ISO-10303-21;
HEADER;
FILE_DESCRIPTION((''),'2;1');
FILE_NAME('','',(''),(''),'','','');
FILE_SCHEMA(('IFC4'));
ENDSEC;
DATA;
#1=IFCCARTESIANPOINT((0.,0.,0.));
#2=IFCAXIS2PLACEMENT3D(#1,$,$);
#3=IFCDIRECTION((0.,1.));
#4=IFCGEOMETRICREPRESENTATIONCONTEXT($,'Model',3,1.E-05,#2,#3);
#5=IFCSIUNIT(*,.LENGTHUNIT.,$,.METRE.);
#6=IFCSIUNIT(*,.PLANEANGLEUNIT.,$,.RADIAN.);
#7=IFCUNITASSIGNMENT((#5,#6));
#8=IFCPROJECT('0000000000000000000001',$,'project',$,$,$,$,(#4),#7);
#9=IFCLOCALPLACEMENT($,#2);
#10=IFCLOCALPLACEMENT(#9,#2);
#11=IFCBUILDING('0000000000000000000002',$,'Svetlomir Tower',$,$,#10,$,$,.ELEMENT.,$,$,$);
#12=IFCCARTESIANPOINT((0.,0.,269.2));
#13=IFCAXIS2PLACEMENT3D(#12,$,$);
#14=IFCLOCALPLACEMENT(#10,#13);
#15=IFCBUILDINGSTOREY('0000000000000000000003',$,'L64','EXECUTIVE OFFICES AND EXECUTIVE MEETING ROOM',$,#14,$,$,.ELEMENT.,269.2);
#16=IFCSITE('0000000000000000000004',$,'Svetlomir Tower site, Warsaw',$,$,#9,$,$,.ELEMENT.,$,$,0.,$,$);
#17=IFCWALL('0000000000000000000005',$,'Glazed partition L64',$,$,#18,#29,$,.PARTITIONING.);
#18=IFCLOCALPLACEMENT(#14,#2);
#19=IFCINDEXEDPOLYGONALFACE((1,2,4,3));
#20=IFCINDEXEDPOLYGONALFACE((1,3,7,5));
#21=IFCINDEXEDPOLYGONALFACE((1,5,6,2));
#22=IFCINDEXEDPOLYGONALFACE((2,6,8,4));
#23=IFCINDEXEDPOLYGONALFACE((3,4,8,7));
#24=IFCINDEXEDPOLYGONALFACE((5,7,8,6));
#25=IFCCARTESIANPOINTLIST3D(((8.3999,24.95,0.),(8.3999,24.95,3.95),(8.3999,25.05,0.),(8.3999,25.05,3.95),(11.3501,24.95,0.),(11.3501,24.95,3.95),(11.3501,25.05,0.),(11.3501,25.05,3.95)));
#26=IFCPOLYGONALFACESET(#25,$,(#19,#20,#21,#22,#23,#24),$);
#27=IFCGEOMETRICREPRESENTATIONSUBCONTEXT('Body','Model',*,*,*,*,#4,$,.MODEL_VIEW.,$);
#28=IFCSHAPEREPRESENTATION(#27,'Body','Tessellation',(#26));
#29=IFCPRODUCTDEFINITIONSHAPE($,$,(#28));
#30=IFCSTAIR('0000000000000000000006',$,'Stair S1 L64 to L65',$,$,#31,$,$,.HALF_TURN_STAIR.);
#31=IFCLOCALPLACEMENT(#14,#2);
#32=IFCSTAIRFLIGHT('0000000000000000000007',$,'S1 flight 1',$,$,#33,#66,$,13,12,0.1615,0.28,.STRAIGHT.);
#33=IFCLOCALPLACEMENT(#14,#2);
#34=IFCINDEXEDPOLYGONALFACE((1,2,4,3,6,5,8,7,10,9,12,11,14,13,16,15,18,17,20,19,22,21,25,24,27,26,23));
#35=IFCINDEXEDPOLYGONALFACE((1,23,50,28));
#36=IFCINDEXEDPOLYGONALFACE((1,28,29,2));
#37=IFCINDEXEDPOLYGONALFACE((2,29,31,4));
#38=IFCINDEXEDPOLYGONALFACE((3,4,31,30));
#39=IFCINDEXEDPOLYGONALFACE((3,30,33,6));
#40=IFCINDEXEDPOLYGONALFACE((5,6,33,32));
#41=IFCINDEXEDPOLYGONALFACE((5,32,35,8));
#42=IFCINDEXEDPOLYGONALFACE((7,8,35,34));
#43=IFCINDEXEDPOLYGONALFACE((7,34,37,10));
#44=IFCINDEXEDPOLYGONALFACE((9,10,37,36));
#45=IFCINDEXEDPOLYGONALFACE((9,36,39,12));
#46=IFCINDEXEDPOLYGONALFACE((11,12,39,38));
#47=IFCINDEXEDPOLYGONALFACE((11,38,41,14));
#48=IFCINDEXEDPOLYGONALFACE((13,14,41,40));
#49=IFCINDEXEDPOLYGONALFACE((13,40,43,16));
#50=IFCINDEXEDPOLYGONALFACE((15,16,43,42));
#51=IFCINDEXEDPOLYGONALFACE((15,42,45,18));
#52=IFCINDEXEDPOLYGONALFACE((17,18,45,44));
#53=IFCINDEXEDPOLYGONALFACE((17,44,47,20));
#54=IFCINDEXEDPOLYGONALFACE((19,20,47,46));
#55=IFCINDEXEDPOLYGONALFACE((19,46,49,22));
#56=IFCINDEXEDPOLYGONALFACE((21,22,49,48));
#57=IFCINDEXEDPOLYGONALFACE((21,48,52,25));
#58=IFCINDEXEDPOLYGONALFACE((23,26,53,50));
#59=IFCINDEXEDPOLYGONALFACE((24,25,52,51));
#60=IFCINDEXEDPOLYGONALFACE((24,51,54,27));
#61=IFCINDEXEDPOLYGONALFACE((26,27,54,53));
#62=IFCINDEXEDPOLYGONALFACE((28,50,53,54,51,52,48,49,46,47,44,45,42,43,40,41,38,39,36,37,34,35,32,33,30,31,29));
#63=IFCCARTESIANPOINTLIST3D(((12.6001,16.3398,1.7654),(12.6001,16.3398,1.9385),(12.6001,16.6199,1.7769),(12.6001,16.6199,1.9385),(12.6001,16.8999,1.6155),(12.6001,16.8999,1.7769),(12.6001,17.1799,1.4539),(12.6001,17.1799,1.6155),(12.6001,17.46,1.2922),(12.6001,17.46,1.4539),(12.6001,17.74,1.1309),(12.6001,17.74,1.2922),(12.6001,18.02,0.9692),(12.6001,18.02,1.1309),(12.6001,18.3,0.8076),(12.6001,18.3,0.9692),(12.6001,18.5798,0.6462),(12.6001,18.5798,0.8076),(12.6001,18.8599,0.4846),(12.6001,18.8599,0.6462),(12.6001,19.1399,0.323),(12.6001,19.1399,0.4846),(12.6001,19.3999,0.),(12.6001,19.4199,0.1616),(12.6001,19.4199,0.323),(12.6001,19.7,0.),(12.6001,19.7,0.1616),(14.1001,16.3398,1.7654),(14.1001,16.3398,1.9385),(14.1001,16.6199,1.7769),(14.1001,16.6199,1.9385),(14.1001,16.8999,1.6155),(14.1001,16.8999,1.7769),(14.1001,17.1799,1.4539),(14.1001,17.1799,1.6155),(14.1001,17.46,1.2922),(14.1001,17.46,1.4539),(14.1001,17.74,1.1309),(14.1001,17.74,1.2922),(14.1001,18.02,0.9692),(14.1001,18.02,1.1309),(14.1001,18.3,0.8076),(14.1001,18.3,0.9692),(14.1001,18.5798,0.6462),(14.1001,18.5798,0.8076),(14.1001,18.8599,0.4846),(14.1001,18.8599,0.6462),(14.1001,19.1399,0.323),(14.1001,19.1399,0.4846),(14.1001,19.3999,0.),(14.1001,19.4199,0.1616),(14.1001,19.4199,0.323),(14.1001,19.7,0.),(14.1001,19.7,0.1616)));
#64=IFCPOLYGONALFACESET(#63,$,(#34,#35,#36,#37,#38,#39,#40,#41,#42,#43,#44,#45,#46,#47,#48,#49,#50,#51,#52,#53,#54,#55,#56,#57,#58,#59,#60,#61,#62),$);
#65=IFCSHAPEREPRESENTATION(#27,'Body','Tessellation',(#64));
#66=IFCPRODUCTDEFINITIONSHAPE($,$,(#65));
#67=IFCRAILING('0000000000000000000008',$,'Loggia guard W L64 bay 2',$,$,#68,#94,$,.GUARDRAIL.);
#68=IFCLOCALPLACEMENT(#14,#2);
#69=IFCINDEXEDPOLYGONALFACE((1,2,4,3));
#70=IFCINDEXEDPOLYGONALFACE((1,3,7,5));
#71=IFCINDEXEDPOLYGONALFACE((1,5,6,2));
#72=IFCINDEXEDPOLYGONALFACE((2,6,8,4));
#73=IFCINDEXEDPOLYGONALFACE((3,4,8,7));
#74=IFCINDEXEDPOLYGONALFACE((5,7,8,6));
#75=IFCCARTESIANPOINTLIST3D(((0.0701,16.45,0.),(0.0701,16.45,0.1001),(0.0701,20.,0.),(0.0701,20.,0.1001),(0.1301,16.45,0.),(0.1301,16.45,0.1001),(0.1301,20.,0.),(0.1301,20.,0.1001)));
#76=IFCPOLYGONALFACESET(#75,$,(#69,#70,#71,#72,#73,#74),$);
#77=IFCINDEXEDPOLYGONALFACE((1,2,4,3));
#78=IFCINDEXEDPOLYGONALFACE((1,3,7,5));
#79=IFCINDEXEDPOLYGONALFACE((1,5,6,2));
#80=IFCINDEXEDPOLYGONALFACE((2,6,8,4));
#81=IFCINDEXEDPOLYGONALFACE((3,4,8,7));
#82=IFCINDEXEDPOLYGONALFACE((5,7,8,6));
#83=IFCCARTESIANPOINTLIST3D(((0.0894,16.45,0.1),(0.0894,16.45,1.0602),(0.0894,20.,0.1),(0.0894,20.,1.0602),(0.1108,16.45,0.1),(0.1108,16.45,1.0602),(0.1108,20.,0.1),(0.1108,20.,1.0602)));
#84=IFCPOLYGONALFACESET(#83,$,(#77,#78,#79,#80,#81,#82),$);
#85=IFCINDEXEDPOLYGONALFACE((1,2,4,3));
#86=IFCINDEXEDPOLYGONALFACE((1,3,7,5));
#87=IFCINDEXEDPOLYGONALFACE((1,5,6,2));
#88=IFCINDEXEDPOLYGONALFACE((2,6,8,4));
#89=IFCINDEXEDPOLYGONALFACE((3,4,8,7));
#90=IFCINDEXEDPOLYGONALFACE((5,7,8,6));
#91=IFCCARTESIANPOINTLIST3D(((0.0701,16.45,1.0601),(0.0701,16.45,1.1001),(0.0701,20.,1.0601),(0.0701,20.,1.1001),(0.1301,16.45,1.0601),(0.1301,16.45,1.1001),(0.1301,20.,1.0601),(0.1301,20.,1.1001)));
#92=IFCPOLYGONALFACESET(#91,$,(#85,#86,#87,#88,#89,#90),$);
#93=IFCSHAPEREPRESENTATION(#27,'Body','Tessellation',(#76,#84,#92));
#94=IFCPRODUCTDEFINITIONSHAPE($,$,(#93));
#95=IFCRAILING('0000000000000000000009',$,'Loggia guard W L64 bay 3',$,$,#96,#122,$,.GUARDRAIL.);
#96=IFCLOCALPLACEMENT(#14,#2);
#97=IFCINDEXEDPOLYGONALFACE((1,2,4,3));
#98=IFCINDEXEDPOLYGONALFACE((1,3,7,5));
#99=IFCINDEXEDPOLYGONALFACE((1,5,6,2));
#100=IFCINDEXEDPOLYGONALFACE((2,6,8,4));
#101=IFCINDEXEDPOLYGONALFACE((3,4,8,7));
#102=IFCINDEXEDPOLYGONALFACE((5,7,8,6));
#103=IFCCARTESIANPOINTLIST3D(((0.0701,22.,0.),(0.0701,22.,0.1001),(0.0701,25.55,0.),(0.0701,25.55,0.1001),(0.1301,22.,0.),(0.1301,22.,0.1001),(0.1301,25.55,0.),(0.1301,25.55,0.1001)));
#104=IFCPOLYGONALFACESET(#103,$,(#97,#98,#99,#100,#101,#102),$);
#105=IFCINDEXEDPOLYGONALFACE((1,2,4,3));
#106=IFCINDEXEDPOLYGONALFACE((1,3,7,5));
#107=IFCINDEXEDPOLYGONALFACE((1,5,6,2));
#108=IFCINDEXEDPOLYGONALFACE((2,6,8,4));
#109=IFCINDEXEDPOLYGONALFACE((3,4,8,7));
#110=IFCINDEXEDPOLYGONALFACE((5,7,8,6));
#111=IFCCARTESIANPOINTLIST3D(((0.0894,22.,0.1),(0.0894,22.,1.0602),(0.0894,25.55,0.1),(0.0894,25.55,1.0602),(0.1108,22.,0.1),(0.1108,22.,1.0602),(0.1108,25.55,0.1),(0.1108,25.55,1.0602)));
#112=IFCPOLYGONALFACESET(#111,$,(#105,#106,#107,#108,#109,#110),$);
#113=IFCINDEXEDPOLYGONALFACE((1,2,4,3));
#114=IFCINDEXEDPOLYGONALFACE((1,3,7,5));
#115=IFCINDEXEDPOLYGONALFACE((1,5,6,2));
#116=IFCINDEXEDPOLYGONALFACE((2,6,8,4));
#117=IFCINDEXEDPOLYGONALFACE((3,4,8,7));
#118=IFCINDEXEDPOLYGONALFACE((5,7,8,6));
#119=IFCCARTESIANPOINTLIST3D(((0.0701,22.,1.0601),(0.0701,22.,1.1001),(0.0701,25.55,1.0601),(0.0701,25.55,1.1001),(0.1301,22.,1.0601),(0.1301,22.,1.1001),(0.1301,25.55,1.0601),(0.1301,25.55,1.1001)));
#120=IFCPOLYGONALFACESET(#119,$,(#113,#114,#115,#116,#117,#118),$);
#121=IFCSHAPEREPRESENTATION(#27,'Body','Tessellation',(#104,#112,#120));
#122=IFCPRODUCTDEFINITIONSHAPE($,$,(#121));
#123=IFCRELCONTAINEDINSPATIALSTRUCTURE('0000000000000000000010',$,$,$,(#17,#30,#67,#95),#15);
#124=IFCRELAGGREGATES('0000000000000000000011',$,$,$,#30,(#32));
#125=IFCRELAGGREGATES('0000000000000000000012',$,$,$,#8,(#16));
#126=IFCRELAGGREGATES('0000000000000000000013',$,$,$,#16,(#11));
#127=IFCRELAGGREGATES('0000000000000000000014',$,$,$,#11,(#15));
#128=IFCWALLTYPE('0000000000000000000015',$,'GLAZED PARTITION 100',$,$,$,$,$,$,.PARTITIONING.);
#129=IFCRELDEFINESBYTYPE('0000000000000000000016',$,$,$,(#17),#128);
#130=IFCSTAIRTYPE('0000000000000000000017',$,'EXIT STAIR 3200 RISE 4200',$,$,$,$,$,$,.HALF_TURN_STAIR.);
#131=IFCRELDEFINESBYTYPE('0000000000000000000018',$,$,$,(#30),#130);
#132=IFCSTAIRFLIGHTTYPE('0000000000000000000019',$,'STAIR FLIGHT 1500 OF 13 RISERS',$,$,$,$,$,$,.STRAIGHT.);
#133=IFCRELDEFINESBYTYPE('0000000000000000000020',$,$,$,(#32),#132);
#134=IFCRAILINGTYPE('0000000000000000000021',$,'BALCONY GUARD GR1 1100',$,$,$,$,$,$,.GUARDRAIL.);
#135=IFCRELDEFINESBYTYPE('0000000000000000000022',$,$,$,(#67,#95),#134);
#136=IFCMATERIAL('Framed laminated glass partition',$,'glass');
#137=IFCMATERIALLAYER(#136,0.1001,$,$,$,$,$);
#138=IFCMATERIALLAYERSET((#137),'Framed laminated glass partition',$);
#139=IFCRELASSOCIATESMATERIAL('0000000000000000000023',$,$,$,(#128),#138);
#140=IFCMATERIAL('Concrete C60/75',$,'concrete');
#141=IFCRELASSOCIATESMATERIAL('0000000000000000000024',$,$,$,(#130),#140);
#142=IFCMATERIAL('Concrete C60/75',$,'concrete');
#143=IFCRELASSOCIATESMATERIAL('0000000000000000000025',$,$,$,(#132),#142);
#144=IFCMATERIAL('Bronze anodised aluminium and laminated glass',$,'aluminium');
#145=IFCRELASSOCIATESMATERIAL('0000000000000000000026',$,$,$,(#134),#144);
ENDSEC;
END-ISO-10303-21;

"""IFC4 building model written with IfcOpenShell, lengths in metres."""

from ifc_helpers import new_model, si_unit, direction, frame, frame_2d, origin, origin_2d, place, context, subcontext, project, spatial, polyline, rectangle, outline, extrude, material, layer, layer_set, type_object, element, aggregate, save


model = new_model("IFC4")

# Units and contexts
model_context = context("Model", 3, precision=1e-05, world=origin(), true_north=direction((0.0, 1.0)))
body_context = subcontext(model_context, "Body", "Model", "MODEL_VIEW")
ifc_project = project(units=[si_unit("LENGTHUNIT", "METRE"), si_unit("PLANEANGLEUNIT", "RADIAN")], contexts=[model_context])

# Site, building, storey
site_placement = place(None, origin())
site = spatial("IfcSite", under=ifc_project, at=site_placement, Name="Svetlomir Tower site, Warsaw", CompositionType="ELEMENT", RefElevation=0.0)
building_placement = place(site_placement, origin())
building = spatial("IfcBuilding", under=site, at=building_placement, Name="Svetlomir Tower", CompositionType="ELEMENT")
storey_placement = place(building_placement, frame((0.0, 0.0, 269.2)))
storey = spatial("IfcBuildingStorey", under=building, at=storey_placement, Name="L64", Description="EXECUTIVE OFFICES AND EXECUTIVE MEETING ROOM", CompositionType="ELEMENT", Elevation=269.2)

# Shared definitions
ifc_material_1 = material(Name="Framed laminated glass partition", Category="glass")
ifc_layer_1 = layer(ifc_material_1, 0.1001)
ifc_layer_set_1 = layer_set([ifc_layer_1], Name="Framed laminated glass partition")
wall_type_1 = type_object("IfcWallType", Name="GLAZED PARTITION 100", PredefinedType="PARTITIONING", material=ifc_layer_set_1)

# Wall
wall_1_placement = place(storey_placement, frame((8.3999, 25.0, 0.0), z_axis=(0.0, 0.0, 1.0), x_axis=(1.0, 0.0, 0.0)))
element("IfcWall", 1, at=wall_1_placement, inside=storey, type_object=wall_type_1, Name="Glazed partition L64", PredefinedType="PARTITIONING", context=body_context, shape_type="SweptSolid", body=[
    extrude(rectangle(XDim=2.9502, YDim=0.1001, at=frame_2d((1.4751, 0.0))), origin(), (0.0, 0.0, 1.0), 3.95),
])

# Stair, stair flight
ifc_material_2 = material(Name="Concrete C60/75", Category="concrete")
stair_type = type_object("IfcStairType", Name="EXIT STAIR 3200 RISE 4200", PredefinedType="HALF_TURN_STAIR", material=ifc_material_2)
stair_placement = place(storey_placement, origin())
stair = element("IfcStair", 2, at=stair_placement, inside=storey, type_object=stair_type, Name="Stair S1 L64 to L65", PredefinedType="HALF_TURN_STAIR")
ifc_material_3 = material(Name="Concrete C60/75", Category="concrete")
stair_flight_type = type_object("IfcStairFlightType", Name="STAIR FLIGHT 1500 OF 13 RISERS", PredefinedType="STRAIGHT", material=ifc_material_3)
stair_flight_placement = place(storey_placement, frame((13.3501, 19.7, 0.0), z_axis=(0.0, 0.0, 1.0), x_axis=(0.0, -1.0, 0.0)))
stair_flight = element("IfcStairFlight", 3, at=stair_flight_placement, type_object=stair_flight_type, Name="S1 flight 1", NumberOfRisers=13, NumberOfTreads=12, PredefinedType="STRAIGHT", RiserHeight=0.1615, TreadLength=0.28, context=body_context, shape_type="SweptSolid", body=[
    extrude(outline(polyline([(0.0, 0.0), (0.0, 0.1616), (0.28, 0.1616), (0.28, 0.323), (0.5601, 0.323), (0.5601, 0.4846), (0.8401, 0.4846), (0.8401, 0.6462), (1.1201, 0.6462), (1.1201, 0.8076), (1.3999, 0.8076), (1.3999, 0.9692), (1.6799, 0.9692), (1.6799, 1.1309), (1.96, 1.1309), (1.96, 1.2922), (2.24, 1.2922), (2.24, 1.4539), (2.52, 1.4539), (2.52, 1.6155), (2.8, 1.6155), (2.8, 1.7769), (3.0801, 1.7769), (3.0801, 1.9385), (3.3601, 1.9385), (3.3601, 2.1001), (3.3601, 1.7654), (0.3, 0.0), (0.0, 0.0)])), frame((0.0, 0.75, 0.0), z_axis=(0.0, -1.0, 0.0), x_axis=(1.0, 0.0, 0.0)), (0.0, 0.0, 1.0), 1.5),
])
aggregate(stair, [stair_flight])

# Railings
ifc_material_4 = material(Name="Bronze anodised aluminium and laminated glass", Category="aluminium")
railing_type_1 = type_object("IfcRailingType", Name="BALCONY GUARD GR1 1100", PredefinedType="GUARDRAIL", material=ifc_material_4)
for number, where, name in (
    (4, (0.1001, 16.45, 0.0), "Loggia guard W L64 bay 2"),
    (5, (0.1001, 22.0, 0.0), "Loggia guard W L64 bay 3"),
):
    element("IfcRailing", number, at=place(storey_placement, frame(where)), inside=storey, type_object=railing_type_1, Name=name, PredefinedType="GUARDRAIL", context=body_context, shape_type="SweptSolid", body=[
        extrude(rectangle(XDim=0.0601, YDim=0.1001, at=origin_2d()), frame((0.0, 0.0, 0.05), z_axis=(0.0, 1.0, 0.0), x_axis=(-1.0, 0.0, 0.0)), (0.0, 0.0, 1.0), 3.55),
        extrude(rectangle(XDim=0.0215, YDim=0.9602, at=origin_2d()), frame((0.0, 0.0, 0.5801), z_axis=(0.0, 1.0, 0.0), x_axis=(-1.0, 0.0, 0.0)), (0.0, 0.0, 1.0), 3.55),
        extrude(rectangle(XDim=0.0601, YDim=0.04, at=origin_2d()), frame((0.0, 0.0, 1.0801), z_axis=(0.0, 1.0, 0.0), x_axis=(-1.0, 0.0, 0.0)), (0.0, 0.0, 1.0), 3.55),
    ])

save(model, "model.ifc")
